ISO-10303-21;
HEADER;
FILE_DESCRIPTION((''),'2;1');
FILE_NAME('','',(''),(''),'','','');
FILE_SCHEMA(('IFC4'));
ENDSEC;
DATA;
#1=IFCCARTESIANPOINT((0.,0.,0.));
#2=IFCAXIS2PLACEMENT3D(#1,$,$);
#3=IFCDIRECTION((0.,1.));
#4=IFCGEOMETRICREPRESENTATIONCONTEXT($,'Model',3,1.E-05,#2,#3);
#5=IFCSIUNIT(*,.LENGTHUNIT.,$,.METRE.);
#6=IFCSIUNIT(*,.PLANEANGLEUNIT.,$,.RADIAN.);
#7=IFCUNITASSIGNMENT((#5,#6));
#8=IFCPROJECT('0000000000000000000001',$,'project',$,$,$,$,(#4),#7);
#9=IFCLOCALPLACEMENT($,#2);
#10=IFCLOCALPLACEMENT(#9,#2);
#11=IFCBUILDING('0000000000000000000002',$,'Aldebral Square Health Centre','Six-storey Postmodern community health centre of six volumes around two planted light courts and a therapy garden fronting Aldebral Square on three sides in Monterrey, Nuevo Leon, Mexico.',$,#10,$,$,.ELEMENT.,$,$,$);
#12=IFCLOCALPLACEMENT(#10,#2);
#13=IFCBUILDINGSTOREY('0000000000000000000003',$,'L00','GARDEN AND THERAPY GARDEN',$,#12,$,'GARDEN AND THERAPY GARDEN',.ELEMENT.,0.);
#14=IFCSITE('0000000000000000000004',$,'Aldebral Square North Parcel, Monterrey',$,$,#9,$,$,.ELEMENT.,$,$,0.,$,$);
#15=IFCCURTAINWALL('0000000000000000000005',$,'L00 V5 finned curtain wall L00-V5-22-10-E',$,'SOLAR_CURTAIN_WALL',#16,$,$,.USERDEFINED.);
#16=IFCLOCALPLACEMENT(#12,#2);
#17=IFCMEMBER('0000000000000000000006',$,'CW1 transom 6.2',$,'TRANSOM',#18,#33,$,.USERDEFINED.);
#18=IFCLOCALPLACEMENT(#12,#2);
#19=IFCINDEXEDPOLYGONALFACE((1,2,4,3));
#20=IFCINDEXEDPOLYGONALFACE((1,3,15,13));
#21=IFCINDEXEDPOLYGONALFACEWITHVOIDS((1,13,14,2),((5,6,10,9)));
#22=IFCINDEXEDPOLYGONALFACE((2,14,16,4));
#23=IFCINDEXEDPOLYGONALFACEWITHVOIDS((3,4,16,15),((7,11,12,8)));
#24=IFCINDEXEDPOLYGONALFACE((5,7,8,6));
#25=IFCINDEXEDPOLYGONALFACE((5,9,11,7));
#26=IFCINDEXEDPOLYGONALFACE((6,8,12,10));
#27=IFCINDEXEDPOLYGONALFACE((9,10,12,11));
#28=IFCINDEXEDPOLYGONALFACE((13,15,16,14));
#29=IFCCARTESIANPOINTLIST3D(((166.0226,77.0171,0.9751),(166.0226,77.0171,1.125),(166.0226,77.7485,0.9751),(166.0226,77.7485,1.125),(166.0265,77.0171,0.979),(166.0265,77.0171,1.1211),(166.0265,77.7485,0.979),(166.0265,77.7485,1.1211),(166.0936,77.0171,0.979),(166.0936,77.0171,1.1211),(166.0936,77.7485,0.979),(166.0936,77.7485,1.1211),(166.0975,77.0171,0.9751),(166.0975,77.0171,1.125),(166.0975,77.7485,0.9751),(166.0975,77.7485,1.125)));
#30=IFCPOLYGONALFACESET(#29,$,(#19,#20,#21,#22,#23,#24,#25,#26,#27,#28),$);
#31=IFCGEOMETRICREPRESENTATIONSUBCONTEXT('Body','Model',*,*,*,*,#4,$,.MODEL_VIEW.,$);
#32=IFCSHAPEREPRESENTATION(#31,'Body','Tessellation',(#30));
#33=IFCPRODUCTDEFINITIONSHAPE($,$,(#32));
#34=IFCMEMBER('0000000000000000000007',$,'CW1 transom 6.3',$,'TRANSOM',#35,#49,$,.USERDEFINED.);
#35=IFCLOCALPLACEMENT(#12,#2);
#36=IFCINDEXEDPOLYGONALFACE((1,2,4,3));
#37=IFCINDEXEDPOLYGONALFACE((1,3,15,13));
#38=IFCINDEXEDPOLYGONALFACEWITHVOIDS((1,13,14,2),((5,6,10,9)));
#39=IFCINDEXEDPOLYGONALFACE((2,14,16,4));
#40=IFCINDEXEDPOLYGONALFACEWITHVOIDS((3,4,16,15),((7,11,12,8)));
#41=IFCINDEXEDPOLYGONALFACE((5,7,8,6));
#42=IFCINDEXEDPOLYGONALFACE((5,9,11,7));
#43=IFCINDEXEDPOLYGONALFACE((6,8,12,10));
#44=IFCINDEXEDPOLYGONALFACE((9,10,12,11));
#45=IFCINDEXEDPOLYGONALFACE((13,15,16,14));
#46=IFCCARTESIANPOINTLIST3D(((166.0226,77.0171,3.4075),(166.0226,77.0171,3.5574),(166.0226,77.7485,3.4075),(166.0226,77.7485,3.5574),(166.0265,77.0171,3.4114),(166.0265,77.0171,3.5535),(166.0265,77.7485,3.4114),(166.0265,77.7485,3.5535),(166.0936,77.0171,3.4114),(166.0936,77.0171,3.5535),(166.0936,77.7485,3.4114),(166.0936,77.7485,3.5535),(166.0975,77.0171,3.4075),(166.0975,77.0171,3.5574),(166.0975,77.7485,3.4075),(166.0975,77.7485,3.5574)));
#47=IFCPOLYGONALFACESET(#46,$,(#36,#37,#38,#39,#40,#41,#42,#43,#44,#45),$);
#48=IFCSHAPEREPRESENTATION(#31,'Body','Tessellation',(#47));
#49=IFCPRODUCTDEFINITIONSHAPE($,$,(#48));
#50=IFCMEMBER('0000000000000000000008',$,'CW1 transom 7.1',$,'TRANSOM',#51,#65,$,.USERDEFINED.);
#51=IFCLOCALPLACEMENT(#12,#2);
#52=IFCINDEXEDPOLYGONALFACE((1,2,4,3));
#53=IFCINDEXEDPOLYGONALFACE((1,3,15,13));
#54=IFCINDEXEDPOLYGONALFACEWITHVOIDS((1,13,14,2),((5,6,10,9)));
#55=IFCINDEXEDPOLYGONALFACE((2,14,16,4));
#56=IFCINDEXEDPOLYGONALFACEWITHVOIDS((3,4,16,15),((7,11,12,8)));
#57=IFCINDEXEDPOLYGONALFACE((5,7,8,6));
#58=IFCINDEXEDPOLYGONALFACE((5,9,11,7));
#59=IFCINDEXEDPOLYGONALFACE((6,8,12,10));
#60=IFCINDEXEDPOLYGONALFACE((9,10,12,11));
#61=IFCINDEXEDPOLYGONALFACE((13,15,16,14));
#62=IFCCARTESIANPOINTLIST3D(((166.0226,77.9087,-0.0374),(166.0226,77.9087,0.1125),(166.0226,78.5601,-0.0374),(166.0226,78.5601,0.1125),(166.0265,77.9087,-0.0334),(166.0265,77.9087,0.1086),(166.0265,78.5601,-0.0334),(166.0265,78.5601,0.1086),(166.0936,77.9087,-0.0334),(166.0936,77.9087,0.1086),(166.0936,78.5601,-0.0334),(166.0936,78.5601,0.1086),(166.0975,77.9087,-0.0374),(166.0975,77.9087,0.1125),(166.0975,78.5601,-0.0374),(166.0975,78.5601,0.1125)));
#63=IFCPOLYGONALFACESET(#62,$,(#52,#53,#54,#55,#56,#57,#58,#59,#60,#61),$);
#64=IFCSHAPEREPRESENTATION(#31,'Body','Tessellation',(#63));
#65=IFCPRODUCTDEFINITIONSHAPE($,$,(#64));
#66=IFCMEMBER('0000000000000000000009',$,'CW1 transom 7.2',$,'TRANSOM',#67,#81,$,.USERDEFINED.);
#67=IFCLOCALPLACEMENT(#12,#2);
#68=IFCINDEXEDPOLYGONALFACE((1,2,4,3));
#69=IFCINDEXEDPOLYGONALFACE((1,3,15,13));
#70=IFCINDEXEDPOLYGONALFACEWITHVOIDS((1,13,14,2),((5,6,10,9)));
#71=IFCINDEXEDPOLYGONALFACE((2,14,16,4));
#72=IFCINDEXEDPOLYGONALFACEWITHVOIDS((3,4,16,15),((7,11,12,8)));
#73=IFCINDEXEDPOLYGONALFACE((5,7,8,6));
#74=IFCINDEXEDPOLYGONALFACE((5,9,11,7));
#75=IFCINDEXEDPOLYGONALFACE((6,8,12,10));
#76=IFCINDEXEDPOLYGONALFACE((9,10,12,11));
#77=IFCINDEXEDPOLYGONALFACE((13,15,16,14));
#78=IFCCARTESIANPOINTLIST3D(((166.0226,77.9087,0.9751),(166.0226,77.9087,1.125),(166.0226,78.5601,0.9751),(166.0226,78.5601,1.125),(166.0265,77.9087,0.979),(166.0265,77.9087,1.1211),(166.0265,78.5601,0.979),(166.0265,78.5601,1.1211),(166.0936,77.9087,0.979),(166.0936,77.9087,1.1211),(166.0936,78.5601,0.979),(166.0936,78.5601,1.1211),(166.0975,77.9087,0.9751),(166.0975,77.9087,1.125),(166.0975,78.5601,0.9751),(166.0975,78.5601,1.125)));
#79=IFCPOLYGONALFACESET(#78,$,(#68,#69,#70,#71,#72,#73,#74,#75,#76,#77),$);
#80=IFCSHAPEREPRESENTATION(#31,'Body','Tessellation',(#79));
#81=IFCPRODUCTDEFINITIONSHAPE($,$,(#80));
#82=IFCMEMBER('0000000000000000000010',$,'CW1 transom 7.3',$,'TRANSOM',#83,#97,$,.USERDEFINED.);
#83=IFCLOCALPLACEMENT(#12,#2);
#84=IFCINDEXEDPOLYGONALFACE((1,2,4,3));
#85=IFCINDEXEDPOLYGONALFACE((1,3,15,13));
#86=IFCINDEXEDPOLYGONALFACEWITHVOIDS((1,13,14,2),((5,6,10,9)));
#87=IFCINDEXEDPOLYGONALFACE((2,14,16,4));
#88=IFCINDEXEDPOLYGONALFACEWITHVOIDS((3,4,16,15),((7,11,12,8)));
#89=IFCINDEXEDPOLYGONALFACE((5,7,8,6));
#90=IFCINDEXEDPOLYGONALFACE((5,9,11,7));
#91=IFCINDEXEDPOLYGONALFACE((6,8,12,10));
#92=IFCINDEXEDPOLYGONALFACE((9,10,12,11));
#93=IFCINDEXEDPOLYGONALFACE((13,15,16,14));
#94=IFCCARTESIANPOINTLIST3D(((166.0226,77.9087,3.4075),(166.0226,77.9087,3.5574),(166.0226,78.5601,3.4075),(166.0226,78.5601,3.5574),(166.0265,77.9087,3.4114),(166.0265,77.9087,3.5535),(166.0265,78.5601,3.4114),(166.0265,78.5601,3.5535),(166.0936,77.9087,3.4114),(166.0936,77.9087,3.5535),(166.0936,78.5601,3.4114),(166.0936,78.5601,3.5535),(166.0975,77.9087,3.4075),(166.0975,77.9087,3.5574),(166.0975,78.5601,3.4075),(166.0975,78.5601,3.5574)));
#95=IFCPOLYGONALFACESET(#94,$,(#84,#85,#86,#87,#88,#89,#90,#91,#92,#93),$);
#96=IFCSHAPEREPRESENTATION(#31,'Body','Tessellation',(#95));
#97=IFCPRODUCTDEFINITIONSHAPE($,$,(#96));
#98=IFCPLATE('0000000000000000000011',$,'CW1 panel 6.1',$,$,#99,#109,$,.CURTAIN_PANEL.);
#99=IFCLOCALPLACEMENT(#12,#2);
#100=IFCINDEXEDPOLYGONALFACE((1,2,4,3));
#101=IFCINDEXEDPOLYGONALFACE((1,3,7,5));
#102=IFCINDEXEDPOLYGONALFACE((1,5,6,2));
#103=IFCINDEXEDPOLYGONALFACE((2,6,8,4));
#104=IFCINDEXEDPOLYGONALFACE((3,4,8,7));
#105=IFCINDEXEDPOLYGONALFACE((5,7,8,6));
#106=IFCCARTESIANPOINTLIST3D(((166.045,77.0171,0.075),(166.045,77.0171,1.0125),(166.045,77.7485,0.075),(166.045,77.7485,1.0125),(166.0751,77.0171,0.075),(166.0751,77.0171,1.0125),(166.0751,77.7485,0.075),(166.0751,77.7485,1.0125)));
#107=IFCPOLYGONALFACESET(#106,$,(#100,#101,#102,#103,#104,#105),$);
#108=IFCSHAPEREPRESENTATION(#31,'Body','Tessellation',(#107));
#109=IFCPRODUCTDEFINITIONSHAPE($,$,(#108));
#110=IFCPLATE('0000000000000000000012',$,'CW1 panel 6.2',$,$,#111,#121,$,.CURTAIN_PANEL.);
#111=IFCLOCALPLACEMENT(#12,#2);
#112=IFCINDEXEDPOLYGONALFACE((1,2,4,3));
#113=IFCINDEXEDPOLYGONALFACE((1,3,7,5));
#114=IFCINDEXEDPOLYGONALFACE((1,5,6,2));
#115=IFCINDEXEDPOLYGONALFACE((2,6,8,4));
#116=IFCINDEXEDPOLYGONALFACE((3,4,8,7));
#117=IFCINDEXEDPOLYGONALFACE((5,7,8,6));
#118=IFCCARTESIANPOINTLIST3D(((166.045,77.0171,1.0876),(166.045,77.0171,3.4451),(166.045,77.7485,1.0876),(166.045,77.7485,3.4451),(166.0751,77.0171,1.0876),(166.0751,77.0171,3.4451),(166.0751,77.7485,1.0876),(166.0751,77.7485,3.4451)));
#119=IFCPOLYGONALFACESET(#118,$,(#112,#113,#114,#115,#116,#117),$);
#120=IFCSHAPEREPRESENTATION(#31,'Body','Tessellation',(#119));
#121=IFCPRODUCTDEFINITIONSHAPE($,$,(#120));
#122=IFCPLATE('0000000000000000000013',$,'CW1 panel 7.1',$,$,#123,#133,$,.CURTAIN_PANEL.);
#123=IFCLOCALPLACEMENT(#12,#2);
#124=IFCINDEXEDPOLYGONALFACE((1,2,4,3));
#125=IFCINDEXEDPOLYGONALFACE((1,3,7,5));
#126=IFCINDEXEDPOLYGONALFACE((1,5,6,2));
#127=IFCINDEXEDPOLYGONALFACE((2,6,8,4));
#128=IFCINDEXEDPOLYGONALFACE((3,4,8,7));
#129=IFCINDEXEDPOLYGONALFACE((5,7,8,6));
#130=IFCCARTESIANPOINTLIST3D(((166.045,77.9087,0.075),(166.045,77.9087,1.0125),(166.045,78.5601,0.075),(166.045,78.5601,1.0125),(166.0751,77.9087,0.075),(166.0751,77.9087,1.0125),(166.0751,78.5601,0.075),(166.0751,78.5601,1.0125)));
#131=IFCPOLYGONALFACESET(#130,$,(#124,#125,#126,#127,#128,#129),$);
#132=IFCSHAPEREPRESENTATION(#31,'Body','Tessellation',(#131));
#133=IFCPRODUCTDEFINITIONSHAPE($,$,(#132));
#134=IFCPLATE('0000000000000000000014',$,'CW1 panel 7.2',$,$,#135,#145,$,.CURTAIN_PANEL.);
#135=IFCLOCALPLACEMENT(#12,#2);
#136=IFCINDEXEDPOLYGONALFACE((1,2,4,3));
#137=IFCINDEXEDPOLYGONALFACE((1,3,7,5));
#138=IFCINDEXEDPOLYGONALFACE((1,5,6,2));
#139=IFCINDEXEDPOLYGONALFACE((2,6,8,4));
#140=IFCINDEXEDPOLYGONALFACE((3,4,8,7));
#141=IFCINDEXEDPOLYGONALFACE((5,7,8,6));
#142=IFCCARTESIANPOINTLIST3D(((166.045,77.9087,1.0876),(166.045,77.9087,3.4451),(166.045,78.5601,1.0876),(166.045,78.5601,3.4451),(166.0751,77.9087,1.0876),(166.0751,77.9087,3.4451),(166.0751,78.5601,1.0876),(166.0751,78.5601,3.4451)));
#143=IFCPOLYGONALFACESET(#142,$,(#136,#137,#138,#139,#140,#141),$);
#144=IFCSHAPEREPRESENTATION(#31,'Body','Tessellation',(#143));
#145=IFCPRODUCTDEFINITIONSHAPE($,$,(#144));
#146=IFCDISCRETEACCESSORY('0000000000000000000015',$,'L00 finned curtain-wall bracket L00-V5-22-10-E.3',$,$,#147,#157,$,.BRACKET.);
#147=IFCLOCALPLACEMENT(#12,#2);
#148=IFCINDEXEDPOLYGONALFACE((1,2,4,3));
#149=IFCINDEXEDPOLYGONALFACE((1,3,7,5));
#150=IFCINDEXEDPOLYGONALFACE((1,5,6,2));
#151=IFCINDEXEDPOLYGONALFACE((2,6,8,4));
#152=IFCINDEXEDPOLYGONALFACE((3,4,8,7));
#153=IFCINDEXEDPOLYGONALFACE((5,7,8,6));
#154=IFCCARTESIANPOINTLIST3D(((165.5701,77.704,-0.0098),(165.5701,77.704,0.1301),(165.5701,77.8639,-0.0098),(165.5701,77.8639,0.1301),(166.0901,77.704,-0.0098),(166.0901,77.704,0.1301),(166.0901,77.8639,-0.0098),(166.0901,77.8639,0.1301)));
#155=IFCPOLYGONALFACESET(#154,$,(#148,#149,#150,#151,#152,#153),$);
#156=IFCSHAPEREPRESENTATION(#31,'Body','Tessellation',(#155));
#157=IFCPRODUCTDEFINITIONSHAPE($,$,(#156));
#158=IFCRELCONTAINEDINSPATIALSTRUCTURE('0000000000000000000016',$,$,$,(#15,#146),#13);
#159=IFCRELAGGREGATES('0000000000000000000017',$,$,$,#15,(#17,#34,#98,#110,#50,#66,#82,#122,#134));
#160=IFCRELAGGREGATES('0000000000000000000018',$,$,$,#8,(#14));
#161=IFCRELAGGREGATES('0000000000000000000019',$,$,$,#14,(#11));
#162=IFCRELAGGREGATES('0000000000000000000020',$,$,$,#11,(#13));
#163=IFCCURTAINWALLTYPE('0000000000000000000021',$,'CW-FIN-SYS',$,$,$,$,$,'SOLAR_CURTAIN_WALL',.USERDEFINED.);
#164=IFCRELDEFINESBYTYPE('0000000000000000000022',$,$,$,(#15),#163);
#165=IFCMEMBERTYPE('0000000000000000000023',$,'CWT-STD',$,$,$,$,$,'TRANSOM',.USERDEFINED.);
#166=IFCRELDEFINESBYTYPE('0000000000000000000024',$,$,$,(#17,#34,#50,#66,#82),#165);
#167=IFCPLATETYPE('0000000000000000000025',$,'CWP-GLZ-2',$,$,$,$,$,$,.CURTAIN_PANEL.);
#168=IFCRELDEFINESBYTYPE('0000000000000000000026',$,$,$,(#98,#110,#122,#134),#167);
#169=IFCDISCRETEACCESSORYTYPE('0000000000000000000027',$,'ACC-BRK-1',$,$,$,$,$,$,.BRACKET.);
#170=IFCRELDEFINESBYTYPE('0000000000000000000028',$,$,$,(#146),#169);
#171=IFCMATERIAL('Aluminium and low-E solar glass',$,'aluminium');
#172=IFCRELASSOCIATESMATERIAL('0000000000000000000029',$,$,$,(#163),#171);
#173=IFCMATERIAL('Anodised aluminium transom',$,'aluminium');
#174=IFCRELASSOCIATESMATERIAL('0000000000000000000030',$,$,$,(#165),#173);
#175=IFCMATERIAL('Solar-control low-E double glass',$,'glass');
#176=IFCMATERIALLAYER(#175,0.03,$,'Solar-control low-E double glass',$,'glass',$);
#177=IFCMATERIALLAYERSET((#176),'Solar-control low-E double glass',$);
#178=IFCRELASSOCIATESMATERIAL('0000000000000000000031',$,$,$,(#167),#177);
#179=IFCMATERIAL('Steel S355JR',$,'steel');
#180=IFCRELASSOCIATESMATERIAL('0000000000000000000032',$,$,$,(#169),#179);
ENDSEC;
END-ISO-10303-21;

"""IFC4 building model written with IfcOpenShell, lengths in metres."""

from ifc_helpers import new_model, si_unit, direction, frame, origin, origin_2d, place, context, subcontext, project, spatial, rectangle, hollow_rectangle, extrude, material, layer, layer_set, material_profile, profile_set, type_object, element, aggregate, save


model = new_model("IFC4")

# Units and contexts
model_context = context("Model", 3, precision=1e-05, world=origin(), true_north=direction((0.0, 1.0)))
body_context = subcontext(model_context, "Body", "Model", "MODEL_VIEW")
ifc_project = project(units=[si_unit("LENGTHUNIT", "METRE"), si_unit("PLANEANGLEUNIT", "RADIAN")], contexts=[model_context])

# Site, building, storey
site_placement = place(None, origin())
site = spatial("IfcSite", under=ifc_project, at=site_placement, Name="Aldebral Square North Parcel, Monterrey", CompositionType="ELEMENT", RefElevation=0.0)
building_placement = place(site_placement, origin())
building = spatial("IfcBuilding", under=site, at=building_placement, Name="Aldebral Square Health Centre", Description="Six-storey Postmodern community health centre of six volumes around two planted light courts and a therapy garden fronting Aldebral Square on three sides in Monterrey, Nuevo Leon, Mexico.", CompositionType="ELEMENT")
storey_placement = place(building_placement, origin())
storey = spatial("IfcBuildingStorey", under=building, at=storey_placement, Name="L00", Description="GARDEN AND THERAPY GARDEN", LongName="GARDEN AND THERAPY GARDEN", CompositionType="ELEMENT", Elevation=0.0)

# Curtain wall, members, plates
ifc_material_1 = material(Name="Aluminium and low-E solar glass", Category="aluminium")
curtain_wall_type = type_object("IfcCurtainWallType", Name="CW-FIN-SYS", ElementType="SOLAR_CURTAIN_WALL", PredefinedType="USERDEFINED", material=ifc_material_1)
curtain_wall_placement = place(storey_placement, origin())
curtain_wall = element("IfcCurtainWall", 1, at=curtain_wall_placement, inside=storey, type_object=curtain_wall_type, Name="L00 V5 finned curtain wall L00-V5-22-10-E", ObjectType="SOLAR_CURTAIN_WALL", PredefinedType="USERDEFINED")
ifc_material_2 = material(Name="Anodised aluminium transom", Category="aluminium")
ifc_material_profile_1 = material_profile(ifc_material_2, hollow_rectangle(XDim=0.075, YDim=0.1499, WallThickness=0.0039, at=origin_2d()), Name="CWT 75x150x4")
ifc_profile_set_1 = profile_set([ifc_material_profile_1], Name="Anodised aluminium transom")
member_type_1 = type_object("IfcMemberType", Name="CWT-STD", ElementType="TRANSOM", PredefinedType="USERDEFINED", material=ifc_profile_set_1)
member_1_placement = place(storey_placement, frame((166.0601, 77.0171, 1.05), z_axis=(0.0, 1.0, 0.0), x_axis=(-1.0, 0.0, 0.0)))
member_1 = element("IfcMember", 2, at=member_1_placement, type_object=member_type_1, Name="CW1 transom 6.2", ObjectType="TRANSOM", PredefinedType="USERDEFINED", context=body_context, shape_type="SweptSolid", body=[
    extrude(hollow_rectangle(XDim=0.075, YDim=0.1499, WallThickness=0.0039, at=origin_2d()), origin(), (0.0, 0.0, 1.0), 0.7314),
])
member_2_placement = place(storey_placement, frame((166.0601, 77.0171, 3.4824), z_axis=(0.0, 1.0, 0.0), x_axis=(-1.0, 0.0, 0.0)))
member_2 = element("IfcMember", 3, at=member_2_placement, type_object=member_type_1, Name="CW1 transom 6.3", ObjectType="TRANSOM", PredefinedType="USERDEFINED", context=body_context, shape_type="SweptSolid", body=[
    extrude(hollow_rectangle(XDim=0.075, YDim=0.1499, WallThickness=0.0039, at=origin_2d()), origin(), (0.0, 0.0, 1.0), 0.7314),
])
member_3_placement = place(storey_placement, frame((166.0601, 77.9087, 0.0376), z_axis=(0.0, 1.0, 0.0), x_axis=(-1.0, 0.0, 0.0)))
member_3 = element("IfcMember", 4, at=member_3_placement, type_object=member_type_1, Name="CW1 transom 7.1", ObjectType="TRANSOM", PredefinedType="USERDEFINED", context=body_context, shape_type="SweptSolid", body=[
    extrude(hollow_rectangle(XDim=0.075, YDim=0.1499, WallThickness=0.0039, at=origin_2d()), origin(), (0.0, 0.0, 1.0), 0.6514),
])
member_4_placement = place(storey_placement, frame((166.0601, 77.9087, 1.05), z_axis=(0.0, 1.0, 0.0), x_axis=(-1.0, 0.0, 0.0)))
member_4 = element("IfcMember", 5, at=member_4_placement, type_object=member_type_1, Name="CW1 transom 7.2", ObjectType="TRANSOM", PredefinedType="USERDEFINED", context=body_context, shape_type="SweptSolid", body=[
    extrude(hollow_rectangle(XDim=0.075, YDim=0.1499, WallThickness=0.0039, at=origin_2d()), origin(), (0.0, 0.0, 1.0), 0.6514),
])
member_5_placement = place(storey_placement, frame((166.0601, 77.9087, 3.4824), z_axis=(0.0, 1.0, 0.0), x_axis=(-1.0, 0.0, 0.0)))
member_5 = element("IfcMember", 6, at=member_5_placement, type_object=member_type_1, Name="CW1 transom 7.3", ObjectType="TRANSOM", PredefinedType="USERDEFINED", context=body_context, shape_type="SweptSolid", body=[
    extrude(hollow_rectangle(XDim=0.075, YDim=0.1499, WallThickness=0.0039, at=origin_2d()), origin(), (0.0, 0.0, 1.0), 0.6514),
])
ifc_material_3 = material(Name="Solar-control low-E double glass", Category="glass")
ifc_layer = layer(ifc_material_3, 0.03, Name="Solar-control low-E double glass", Category="glass")
ifc_layer_set = layer_set([ifc_layer], Name="Solar-control low-E double glass")
plate_type = type_object("IfcPlateType", Name="CWP-GLZ-2", PredefinedType="CURTAIN_PANEL", material=ifc_layer_set)
plate_1_placement = place(storey_placement, frame((166.0601, 77.3828, 0.075), z_axis=(0.0, 0.0, 1.0), x_axis=(0.0, 1.0, 0.0)))
plate_1 = element("IfcPlate", 7, at=plate_1_placement, type_object=plate_type, Name="CW1 panel 6.1", PredefinedType="CURTAIN_PANEL", context=body_context, shape_type="SweptSolid", body=[
    extrude(rectangle(XDim=0.7314, YDim=0.03, at=origin_2d()), origin(), (0.0, 0.0, 1.0), 0.9375),
])
plate_2_placement = place(storey_placement, frame((166.0601, 77.3828, 1.0876), z_axis=(0.0, 0.0, 1.0), x_axis=(0.0, 1.0, 0.0)))
plate_2 = element("IfcPlate", 8, at=plate_2_placement, type_object=plate_type, Name="CW1 panel 6.2", PredefinedType="CURTAIN_PANEL", context=body_context, shape_type="SweptSolid", body=[
    extrude(rectangle(XDim=0.7314, YDim=0.03, at=origin_2d()), origin(), (0.0, 0.0, 1.0), 2.3574),
])
plate_3_placement = place(storey_placement, frame((166.0601, 78.2344, 0.075), z_axis=(0.0, 0.0, 1.0), x_axis=(0.0, 1.0, 0.0)))
plate_3 = element("IfcPlate", 9, at=plate_3_placement, type_object=plate_type, Name="CW1 panel 7.1", PredefinedType="CURTAIN_PANEL", context=body_context, shape_type="SweptSolid", body=[
    extrude(rectangle(XDim=0.6514, YDim=0.03, at=origin_2d()), origin(), (0.0, 0.0, 1.0), 0.9375),
])
plate_4_placement = place(storey_placement, frame((166.0601, 78.2344, 1.0876), z_axis=(0.0, 0.0, 1.0), x_axis=(0.0, 1.0, 0.0)))
plate_4 = element("IfcPlate", 10, at=plate_4_placement, type_object=plate_type, Name="CW1 panel 7.2", PredefinedType="CURTAIN_PANEL", context=body_context, shape_type="SweptSolid", body=[
    extrude(rectangle(XDim=0.6514, YDim=0.03, at=origin_2d()), origin(), (0.0, 0.0, 1.0), 2.3574),
])
aggregate(curtain_wall, [member_1, member_2, plate_1, plate_2, member_3, member_4, member_5, plate_3, plate_4])

# Discrete accessory
ifc_material_4 = material(Name="Steel S355JR", Category="steel")
discrete_accessory_type = type_object("IfcDiscreteAccessoryType", Name="ACC-BRK-1", PredefinedType="BRACKET", material=ifc_material_4)
discrete_accessory_placement = place(storey_placement, frame((165.8301, 77.7839, -0.0098), z_axis=(0.0, 0.0, 1.0), x_axis=(0.0, 1.0, 0.0)))
element("IfcDiscreteAccessory", 11, at=discrete_accessory_placement, inside=storey, type_object=discrete_accessory_type, Name="L00 finned curtain-wall bracket L00-V5-22-10-E.3", PredefinedType="BRACKET", context=body_context, shape_type="SweptSolid", body=[
    extrude(rectangle(XDim=0.1599, YDim=0.52, at=origin_2d()), origin(), (0.0, 0.0, 1.0), 0.1399),
])

save(model, "model.ifc")
